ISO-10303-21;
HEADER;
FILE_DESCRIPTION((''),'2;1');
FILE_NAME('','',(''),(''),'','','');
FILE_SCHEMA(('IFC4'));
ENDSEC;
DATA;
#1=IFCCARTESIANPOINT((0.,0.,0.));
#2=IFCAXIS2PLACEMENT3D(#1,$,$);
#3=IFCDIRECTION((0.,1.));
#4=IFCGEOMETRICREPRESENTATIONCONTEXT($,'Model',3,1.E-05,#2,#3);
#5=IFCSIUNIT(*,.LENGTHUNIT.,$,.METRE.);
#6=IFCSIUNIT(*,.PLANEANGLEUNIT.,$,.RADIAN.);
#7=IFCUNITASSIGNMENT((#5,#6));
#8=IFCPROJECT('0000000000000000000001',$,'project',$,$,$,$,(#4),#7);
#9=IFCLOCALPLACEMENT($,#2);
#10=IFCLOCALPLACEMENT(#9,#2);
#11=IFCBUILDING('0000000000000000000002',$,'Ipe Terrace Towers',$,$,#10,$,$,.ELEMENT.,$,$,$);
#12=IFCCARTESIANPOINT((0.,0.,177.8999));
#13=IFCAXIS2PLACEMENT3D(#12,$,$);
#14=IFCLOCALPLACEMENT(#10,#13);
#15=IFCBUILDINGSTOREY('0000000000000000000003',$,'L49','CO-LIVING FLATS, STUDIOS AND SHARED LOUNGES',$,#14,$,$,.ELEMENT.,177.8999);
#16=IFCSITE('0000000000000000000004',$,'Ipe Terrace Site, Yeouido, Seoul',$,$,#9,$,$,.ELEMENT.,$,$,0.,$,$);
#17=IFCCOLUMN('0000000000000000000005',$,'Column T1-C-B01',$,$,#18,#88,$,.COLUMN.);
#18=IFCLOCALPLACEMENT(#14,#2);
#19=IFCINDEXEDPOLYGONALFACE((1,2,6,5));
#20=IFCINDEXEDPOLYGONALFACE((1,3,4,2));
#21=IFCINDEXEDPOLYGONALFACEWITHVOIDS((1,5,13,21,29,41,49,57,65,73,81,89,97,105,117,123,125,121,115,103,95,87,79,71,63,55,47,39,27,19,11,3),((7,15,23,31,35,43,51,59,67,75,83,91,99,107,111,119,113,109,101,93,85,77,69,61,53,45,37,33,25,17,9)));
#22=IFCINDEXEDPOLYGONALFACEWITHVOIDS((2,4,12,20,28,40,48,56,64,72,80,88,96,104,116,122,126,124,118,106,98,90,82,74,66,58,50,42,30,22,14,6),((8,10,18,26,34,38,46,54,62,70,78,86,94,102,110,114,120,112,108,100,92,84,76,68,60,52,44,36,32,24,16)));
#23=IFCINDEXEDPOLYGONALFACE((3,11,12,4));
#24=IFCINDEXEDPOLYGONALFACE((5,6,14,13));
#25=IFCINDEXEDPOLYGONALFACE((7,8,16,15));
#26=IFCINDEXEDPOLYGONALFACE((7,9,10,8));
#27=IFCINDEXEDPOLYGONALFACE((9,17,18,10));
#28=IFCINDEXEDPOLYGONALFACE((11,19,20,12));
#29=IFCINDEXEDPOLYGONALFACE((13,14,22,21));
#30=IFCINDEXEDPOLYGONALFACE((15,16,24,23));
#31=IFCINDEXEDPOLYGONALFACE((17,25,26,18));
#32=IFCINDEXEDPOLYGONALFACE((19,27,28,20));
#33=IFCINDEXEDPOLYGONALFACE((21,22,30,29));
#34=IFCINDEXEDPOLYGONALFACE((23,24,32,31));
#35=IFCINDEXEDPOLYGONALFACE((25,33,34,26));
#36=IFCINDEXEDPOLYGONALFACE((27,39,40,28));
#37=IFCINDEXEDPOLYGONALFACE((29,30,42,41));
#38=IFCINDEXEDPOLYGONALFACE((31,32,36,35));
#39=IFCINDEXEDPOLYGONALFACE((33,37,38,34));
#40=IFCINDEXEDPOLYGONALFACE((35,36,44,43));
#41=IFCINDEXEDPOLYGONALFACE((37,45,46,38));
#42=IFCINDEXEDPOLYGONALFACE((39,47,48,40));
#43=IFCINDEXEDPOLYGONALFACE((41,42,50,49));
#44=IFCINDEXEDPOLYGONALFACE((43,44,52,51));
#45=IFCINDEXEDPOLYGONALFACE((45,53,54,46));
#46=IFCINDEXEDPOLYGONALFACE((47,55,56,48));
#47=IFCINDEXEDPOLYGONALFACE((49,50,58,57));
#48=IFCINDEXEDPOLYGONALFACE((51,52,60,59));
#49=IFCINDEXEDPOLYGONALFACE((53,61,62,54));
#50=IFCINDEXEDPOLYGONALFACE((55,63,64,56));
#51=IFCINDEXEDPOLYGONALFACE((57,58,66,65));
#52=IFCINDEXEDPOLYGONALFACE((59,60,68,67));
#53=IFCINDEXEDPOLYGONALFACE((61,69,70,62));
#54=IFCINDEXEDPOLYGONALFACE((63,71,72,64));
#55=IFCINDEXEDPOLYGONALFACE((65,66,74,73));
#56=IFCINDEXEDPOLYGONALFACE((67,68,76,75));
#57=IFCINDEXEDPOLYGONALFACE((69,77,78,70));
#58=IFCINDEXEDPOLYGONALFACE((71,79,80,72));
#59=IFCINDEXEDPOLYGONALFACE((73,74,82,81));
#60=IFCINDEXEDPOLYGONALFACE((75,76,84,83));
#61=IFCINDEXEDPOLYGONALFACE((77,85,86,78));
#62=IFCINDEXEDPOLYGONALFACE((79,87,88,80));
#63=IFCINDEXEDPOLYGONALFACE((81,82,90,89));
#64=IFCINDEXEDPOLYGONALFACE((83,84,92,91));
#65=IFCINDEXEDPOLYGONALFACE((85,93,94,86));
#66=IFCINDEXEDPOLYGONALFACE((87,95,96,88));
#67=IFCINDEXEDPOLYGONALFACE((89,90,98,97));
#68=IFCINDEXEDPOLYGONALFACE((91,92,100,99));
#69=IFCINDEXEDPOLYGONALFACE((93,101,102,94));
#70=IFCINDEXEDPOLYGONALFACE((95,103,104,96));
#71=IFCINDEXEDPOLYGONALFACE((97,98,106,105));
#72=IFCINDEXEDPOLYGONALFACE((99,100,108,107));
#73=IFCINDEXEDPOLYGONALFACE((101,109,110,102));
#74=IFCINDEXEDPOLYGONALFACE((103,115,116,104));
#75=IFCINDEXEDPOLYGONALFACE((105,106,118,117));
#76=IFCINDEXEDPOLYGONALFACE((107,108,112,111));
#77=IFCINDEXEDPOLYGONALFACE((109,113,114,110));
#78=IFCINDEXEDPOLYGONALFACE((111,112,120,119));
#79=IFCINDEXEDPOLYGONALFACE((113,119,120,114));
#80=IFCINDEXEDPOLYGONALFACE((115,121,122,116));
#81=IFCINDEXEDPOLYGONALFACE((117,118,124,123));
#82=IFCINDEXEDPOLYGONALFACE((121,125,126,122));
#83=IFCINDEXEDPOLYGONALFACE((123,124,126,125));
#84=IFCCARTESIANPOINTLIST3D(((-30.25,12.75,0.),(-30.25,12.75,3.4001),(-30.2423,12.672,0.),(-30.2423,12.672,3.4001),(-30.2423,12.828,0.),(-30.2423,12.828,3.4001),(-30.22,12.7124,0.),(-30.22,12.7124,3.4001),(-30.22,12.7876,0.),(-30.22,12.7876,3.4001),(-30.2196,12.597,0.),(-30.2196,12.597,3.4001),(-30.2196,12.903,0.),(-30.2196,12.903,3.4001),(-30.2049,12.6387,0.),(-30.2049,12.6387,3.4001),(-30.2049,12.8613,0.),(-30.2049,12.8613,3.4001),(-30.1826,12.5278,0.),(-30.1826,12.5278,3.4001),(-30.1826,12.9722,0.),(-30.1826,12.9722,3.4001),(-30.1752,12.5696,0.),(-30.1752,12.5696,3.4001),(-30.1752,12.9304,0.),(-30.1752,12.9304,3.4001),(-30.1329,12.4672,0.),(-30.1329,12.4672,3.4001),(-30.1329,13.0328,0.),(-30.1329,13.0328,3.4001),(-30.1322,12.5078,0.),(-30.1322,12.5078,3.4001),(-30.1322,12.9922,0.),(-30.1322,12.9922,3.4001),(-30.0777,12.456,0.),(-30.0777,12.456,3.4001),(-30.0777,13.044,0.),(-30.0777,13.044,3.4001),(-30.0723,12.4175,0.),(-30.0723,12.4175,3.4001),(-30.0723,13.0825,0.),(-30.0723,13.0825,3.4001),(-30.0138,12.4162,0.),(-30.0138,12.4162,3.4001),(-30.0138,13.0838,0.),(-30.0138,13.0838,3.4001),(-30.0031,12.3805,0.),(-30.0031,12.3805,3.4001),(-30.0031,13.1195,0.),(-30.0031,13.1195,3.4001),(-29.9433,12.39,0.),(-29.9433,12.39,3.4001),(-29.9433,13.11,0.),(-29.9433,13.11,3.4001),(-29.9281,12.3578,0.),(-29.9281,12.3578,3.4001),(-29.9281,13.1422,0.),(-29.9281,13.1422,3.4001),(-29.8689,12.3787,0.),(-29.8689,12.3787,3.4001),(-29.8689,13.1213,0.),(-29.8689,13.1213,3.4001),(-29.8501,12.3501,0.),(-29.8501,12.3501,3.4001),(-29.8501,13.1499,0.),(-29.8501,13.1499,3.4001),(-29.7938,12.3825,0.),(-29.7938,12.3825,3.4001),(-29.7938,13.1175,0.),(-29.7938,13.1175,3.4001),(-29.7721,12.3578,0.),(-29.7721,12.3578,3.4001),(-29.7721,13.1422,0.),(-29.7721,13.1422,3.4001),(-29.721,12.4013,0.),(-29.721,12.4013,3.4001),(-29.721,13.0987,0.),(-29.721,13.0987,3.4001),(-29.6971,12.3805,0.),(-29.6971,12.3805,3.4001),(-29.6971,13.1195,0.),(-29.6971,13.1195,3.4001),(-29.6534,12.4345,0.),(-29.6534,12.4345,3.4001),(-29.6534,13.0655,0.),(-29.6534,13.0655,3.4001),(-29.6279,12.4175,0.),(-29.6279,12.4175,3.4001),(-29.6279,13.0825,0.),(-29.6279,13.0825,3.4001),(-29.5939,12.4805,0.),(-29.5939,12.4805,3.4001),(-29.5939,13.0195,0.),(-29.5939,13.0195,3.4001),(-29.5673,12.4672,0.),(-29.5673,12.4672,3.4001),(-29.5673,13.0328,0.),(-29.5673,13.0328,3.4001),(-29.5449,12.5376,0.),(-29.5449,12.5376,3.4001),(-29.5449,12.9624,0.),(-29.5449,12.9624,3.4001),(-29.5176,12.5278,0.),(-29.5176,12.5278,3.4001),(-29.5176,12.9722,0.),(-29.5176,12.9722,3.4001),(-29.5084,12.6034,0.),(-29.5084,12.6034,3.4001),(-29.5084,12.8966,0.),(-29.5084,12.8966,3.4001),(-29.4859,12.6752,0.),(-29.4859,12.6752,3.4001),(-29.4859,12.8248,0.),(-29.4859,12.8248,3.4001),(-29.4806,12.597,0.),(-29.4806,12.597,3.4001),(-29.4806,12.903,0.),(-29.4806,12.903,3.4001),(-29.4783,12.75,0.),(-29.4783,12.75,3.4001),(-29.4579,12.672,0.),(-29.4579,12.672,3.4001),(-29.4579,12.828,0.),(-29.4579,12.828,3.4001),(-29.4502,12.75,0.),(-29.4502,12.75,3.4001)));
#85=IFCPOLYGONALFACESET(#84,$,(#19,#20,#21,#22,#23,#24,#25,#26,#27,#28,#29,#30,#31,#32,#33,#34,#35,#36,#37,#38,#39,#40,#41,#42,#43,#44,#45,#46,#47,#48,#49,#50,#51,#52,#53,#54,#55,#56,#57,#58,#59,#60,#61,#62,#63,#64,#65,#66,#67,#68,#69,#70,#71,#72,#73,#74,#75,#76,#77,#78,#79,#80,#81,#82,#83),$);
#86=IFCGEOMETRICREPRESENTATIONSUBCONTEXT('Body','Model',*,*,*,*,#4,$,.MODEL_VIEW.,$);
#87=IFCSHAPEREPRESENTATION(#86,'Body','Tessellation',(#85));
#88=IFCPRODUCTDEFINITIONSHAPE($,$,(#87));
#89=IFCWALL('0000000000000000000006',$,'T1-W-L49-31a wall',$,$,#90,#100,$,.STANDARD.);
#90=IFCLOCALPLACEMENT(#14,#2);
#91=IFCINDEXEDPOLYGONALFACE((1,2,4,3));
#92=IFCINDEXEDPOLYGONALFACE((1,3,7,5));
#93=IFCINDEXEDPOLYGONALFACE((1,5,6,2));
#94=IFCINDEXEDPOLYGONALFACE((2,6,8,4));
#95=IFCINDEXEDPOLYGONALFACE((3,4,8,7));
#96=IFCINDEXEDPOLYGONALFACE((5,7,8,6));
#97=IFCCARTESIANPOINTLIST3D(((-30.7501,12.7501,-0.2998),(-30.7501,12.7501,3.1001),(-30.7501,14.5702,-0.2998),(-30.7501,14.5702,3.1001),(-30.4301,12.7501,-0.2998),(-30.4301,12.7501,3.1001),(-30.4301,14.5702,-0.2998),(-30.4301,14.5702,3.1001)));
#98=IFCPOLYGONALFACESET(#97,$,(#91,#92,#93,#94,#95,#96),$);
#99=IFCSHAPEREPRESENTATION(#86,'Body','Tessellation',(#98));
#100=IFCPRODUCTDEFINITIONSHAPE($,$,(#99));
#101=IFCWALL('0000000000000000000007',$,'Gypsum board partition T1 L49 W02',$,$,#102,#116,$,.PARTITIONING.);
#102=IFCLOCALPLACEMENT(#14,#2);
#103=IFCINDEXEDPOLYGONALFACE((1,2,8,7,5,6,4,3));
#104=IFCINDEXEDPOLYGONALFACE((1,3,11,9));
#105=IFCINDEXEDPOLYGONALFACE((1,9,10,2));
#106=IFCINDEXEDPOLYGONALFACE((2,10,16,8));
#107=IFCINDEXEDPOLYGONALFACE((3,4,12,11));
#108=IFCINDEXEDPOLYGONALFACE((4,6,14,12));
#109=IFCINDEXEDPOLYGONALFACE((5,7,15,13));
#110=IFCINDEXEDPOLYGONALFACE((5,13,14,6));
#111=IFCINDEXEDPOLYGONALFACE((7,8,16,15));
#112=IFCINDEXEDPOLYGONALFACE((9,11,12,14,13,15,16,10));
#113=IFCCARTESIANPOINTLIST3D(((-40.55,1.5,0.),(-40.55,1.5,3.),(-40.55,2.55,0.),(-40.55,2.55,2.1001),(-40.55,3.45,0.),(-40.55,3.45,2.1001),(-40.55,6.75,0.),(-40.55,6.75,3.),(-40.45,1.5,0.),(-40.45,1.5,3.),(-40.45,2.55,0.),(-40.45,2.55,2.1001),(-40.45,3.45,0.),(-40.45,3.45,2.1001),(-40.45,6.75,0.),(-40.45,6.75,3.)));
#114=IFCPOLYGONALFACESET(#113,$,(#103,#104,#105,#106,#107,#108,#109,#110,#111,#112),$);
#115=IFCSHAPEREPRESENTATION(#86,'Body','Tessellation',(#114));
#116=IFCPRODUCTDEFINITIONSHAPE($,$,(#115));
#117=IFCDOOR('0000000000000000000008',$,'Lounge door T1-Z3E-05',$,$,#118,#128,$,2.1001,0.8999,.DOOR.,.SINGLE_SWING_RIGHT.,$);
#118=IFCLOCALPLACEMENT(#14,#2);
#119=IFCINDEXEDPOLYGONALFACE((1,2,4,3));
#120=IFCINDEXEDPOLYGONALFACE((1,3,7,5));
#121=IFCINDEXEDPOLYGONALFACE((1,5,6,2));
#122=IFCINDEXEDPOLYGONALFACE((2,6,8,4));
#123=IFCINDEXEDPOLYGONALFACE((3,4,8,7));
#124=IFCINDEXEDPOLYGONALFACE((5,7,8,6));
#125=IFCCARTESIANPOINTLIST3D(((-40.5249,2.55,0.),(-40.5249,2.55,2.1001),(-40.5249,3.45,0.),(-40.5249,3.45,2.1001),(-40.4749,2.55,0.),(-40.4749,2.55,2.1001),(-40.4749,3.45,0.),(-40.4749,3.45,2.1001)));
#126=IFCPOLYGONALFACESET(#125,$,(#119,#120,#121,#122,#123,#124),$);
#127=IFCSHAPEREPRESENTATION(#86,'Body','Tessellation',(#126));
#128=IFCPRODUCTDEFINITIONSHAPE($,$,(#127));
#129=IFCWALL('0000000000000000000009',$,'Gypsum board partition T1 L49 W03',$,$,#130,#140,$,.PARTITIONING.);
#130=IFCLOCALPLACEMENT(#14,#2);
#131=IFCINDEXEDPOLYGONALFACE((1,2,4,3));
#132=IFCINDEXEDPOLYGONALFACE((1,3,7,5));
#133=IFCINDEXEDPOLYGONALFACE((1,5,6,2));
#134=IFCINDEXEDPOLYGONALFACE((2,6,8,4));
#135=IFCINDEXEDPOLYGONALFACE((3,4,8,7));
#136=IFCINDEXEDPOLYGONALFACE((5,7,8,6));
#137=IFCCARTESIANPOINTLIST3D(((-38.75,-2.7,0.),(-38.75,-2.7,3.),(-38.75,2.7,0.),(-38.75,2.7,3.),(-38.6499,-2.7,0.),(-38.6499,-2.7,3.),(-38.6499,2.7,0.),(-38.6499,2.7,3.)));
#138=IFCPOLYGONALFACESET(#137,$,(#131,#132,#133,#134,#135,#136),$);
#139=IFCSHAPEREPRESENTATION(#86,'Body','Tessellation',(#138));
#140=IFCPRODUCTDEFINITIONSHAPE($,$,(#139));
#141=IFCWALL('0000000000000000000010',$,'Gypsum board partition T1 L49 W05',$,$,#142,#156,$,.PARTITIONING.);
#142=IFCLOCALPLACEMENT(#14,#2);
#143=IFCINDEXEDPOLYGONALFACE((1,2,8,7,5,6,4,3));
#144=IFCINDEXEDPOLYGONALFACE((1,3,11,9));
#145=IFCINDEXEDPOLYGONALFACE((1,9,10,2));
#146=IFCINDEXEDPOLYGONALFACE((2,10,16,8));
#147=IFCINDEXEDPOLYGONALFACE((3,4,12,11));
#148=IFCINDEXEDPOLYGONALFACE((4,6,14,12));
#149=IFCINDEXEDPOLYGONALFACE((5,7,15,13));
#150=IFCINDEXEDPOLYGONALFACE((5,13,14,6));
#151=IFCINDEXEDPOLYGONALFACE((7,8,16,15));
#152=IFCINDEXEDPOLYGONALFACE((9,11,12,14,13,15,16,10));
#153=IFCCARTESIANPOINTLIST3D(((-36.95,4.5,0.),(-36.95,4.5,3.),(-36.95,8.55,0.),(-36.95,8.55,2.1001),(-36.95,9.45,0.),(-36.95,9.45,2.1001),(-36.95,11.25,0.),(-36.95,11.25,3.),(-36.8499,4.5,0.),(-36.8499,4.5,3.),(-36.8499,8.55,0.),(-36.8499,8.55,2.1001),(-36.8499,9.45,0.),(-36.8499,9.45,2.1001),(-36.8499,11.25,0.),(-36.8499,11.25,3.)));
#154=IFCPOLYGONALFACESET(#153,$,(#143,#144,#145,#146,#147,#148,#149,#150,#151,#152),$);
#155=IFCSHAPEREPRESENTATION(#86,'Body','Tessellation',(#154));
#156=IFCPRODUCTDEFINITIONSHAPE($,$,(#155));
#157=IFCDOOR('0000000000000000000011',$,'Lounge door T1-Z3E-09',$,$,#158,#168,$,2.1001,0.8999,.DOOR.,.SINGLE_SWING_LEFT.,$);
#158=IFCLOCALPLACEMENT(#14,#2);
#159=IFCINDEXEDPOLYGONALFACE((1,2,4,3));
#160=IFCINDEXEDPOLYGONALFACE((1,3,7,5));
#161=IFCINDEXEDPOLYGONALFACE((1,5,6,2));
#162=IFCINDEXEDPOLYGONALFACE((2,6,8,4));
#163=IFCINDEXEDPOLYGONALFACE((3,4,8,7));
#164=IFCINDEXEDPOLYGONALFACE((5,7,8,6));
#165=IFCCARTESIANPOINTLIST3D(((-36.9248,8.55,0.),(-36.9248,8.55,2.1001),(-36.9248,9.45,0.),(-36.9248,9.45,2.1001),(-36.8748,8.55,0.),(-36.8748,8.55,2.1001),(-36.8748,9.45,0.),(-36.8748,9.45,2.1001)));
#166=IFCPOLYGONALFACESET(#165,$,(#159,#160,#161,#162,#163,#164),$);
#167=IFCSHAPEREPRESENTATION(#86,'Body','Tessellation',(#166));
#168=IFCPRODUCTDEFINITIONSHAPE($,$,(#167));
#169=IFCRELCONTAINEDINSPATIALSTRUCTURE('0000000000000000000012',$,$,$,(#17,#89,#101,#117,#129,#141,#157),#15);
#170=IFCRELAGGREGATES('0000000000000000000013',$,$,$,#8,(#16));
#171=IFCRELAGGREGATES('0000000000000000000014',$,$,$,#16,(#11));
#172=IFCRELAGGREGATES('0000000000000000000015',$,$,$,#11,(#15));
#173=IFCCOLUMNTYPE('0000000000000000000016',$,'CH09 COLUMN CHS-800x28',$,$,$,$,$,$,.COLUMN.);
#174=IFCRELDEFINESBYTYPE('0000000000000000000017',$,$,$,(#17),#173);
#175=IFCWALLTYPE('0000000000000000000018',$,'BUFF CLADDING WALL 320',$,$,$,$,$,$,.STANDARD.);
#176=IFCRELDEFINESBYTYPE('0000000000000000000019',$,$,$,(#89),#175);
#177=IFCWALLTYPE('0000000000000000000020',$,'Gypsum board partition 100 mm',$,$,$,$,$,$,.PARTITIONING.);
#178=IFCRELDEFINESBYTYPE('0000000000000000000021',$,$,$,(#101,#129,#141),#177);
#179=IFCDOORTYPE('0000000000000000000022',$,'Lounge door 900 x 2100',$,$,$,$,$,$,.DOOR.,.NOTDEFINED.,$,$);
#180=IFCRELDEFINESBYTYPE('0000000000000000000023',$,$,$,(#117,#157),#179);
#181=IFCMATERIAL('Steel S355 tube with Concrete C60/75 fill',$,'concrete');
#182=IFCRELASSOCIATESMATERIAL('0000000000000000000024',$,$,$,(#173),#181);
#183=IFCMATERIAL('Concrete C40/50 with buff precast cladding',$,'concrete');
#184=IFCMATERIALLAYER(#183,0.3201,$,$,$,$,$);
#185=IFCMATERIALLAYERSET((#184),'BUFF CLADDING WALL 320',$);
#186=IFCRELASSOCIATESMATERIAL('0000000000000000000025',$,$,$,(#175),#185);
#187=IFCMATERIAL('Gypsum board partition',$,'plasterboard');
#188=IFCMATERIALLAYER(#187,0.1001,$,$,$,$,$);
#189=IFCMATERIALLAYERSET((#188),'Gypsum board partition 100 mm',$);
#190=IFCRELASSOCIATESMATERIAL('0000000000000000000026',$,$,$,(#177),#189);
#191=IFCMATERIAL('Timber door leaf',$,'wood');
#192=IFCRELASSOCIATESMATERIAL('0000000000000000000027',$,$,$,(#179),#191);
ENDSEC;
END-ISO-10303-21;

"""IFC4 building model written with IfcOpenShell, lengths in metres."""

from ifc_helpers import new_model, si_unit, direction, frame, frame_2d, origin, origin_2d, place, context, subcontext, project, spatial, rectangle, hollow_circle, extrude, material, layer, layer_set, material_profile, profile_set, type_object, element, fill, save


model = new_model("IFC4")

# Units and contexts
model_context = context("Model", 3, precision=1e-05, world=origin(), true_north=direction((0.0, 1.0)))
body_context = subcontext(model_context, "Body", "Model", "MODEL_VIEW")
ifc_project = project(units=[si_unit("LENGTHUNIT", "METRE"), si_unit("PLANEANGLEUNIT", "RADIAN")], contexts=[model_context])

# Site, building, storey
site_placement = place(None, origin())
site = spatial("IfcSite", under=ifc_project, at=site_placement, Name="Ipe Terrace Site, Yeouido, Seoul", CompositionType="ELEMENT", RefElevation=0.0)
building_placement = place(site_placement, origin())
building = spatial("IfcBuilding", under=site, at=building_placement, Name="Ipe Terrace Towers", CompositionType="ELEMENT")
storey_placement = place(building_placement, frame((0.0, 0.0, 177.8999)))
storey = spatial("IfcBuildingStorey", under=building, at=storey_placement, Name="L49", Description="CO-LIVING FLATS, STUDIOS AND SHARED LOUNGES", CompositionType="ELEMENT", Elevation=177.8999)

# Column
ifc_material_1 = material(Name="Steel S355 tube with Concrete C60/75 fill", Category="concrete")
ifc_material_profile = material_profile(ifc_material_1, hollow_circle(Radius=0.3999, WallThickness=0.0281, at=origin_2d()), Name="CHS-800x28")
ifc_profile_set = profile_set([ifc_material_profile], Name="Steel S355 tube with Concrete C60/75 fill")
column_type = type_object("IfcColumnType", Name="CH09 COLUMN CHS-800x28", PredefinedType="COLUMN", material=ifc_profile_set)
column_placement = place(storey_placement, frame((-29.8501, 12.75, 0.0), z_axis=(0.0, 0.0, 1.0), x_axis=(1.0, 0.0, 0.0)))
element("IfcColumn", 1, at=column_placement, inside=storey, type_object=column_type, Name="Column T1-C-B01", PredefinedType="COLUMN", context=body_context, shape_type="SweptSolid", body=[
    extrude(hollow_circle(Radius=0.3999, WallThickness=0.0281, at=origin_2d()), origin(), (0.0, 0.0, 1.0), 3.4001),
])

# Wall
ifc_material_2 = material(Name="Concrete C40/50 with buff precast cladding", Category="concrete")
ifc_layer_1 = layer(ifc_material_2, 0.3201)
ifc_layer_set_1 = layer_set([ifc_layer_1], Name="BUFF CLADDING WALL 320")
wall_type_1 = type_object("IfcWallType", Name="BUFF CLADDING WALL 320", PredefinedType="STANDARD", material=ifc_layer_set_1)
wall_1_placement = place(storey_placement, frame((-30.5901, 12.75, -0.2998), z_axis=(0.0, 0.0, 1.0), x_axis=(0.0, 1.0, 0.0)))
element("IfcWall", 2, at=wall_1_placement, inside=storey, type_object=wall_type_1, Name="T1-W-L49-31a wall", PredefinedType="STANDARD", context=body_context, shape_type="SweptSolid", body=[
    extrude(rectangle(XDim=1.8201, YDim=0.3201, at=frame_2d((0.9102, 0.0))), origin(), (0.0, 0.0, 1.0), 3.3999),
])

# Wall, opening, door
ifc_material_3 = material(Name="Gypsum board partition", Category="plasterboard")
ifc_layer_2 = layer(ifc_material_3, 0.1001)
ifc_layer_set_2 = layer_set([ifc_layer_2], Name="Gypsum board partition 100 mm")
wall_type_2 = type_object("IfcWallType", Name="Gypsum board partition 100 mm", PredefinedType="PARTITIONING", material=ifc_layer_set_2)
wall_2_placement = place(storey_placement, frame((-40.5, 1.5, 0.0), z_axis=(0.0, 0.0, 1.0), x_axis=(0.0, 1.0, 0.0)))
wall_2 = element("IfcWall", 3, at=wall_2_placement, inside=storey, type_object=wall_type_2, Name="Gypsum board partition T1 L49 W02", PredefinedType="PARTITIONING", context=body_context, shape_type="SweptSolid", body=[
    extrude(rectangle(XDim=5.25, YDim=0.1001, at=frame_2d((2.625, 0.0))), origin(), (0.0, 0.0, 1.0), 3.0),
])
opening_1_placement = place(wall_2_placement, frame((1.05, 0.0, 0.0)))
opening_1 = element("IfcOpeningElement", 4, at=opening_1_placement, cuts=wall_2, PredefinedType="OPENING", context=body_context, shape_type="SweptSolid", body=[
    extrude(rectangle(XDim=0.8999, YDim=2.1001, at=frame_2d((0.45, 1.05))), frame((0.0, 0.0601, 0.0), z_axis=(0.0, -1.0, 0.0), x_axis=(1.0, 0.0, 0.0)), (0.0, 0.0, 1.0), 0.1201),
])
ifc_material_4 = material(Name="Timber door leaf", Category="wood")
door_type = type_object("IfcDoorType", Name="Lounge door 900 x 2100", OperationType="NOTDEFINED", PredefinedType="DOOR", material=ifc_material_4)
door_1_placement = place(opening_1_placement, origin())
door_1 = element("IfcDoor", 5, at=door_1_placement, inside=storey, type_object=door_type, Name="Lounge door T1-Z3E-05", OperationType="SINGLE_SWING_RIGHT", OverallHeight=2.1001, OverallWidth=0.8999, PredefinedType="DOOR", context=body_context, shape_type="SweptSolid", body=[
    extrude(rectangle(XDim=0.8999, YDim=2.1001, at=frame_2d((0.45, 1.05))), frame((0.0, 0.0249, 0.0), z_axis=(0.0, -1.0, 0.0), x_axis=(1.0, 0.0, 0.0)), (0.0, 0.0, 1.0), 0.05),
])
fill(opening_1, door_1)

# Wall
wall_3_placement = place(storey_placement, frame((-38.7, -2.7, 0.0), z_axis=(0.0, 0.0, 1.0), x_axis=(0.0, 1.0, 0.0)))
element("IfcWall", 6, at=wall_3_placement, inside=storey, type_object=wall_type_2, Name="Gypsum board partition T1 L49 W03", PredefinedType="PARTITIONING", context=body_context, shape_type="SweptSolid", body=[
    extrude(rectangle(XDim=5.3999, YDim=0.1001, at=frame_2d((2.7, 0.0))), origin(), (0.0, 0.0, 1.0), 3.0),
])

# Wall, opening, door
wall_4_placement = place(storey_placement, frame((-36.8999, 4.5, 0.0), z_axis=(0.0, 0.0, 1.0), x_axis=(0.0, 1.0, 0.0)))
wall_4 = element("IfcWall", 7, at=wall_4_placement, inside=storey, type_object=wall_type_2, Name="Gypsum board partition T1 L49 W05", PredefinedType="PARTITIONING", context=body_context, shape_type="SweptSolid", body=[
    extrude(rectangle(XDim=6.75, YDim=0.1001, at=frame_2d((3.375, 0.0))), origin(), (0.0, 0.0, 1.0), 3.0),
])
opening_2_placement = place(wall_4_placement, frame((4.05, 0.0, 0.0)))
opening_2 = element("IfcOpeningElement", 8, at=opening_2_placement, cuts=wall_4, PredefinedType="OPENING", context=body_context, shape_type="SweptSolid", body=[
    extrude(rectangle(XDim=0.8999, YDim=2.1001, at=frame_2d((0.45, 1.05))), frame((0.0, 0.0601, 0.0), z_axis=(0.0, -1.0, 0.0), x_axis=(1.0, 0.0, 0.0)), (0.0, 0.0, 1.0), 0.1201),
])
door_2_placement = place(opening_2_placement, origin())
door_2 = element("IfcDoor", 9, at=door_2_placement, inside=storey, type_object=door_type, Name="Lounge door T1-Z3E-09", OperationType="SINGLE_SWING_LEFT", OverallHeight=2.1001, OverallWidth=0.8999, PredefinedType="DOOR", context=body_context, shape_type="SweptSolid", body=[
    extrude(rectangle(XDim=0.8999, YDim=2.1001, at=frame_2d((0.45, 1.05))), frame((0.0, 0.0249, 0.0), z_axis=(0.0, -1.0, 0.0), x_axis=(1.0, 0.0, 0.0)), (0.0, 0.0, 1.0), 0.05),
])
fill(opening_2, door_2)

save(model, "model.ifc")
